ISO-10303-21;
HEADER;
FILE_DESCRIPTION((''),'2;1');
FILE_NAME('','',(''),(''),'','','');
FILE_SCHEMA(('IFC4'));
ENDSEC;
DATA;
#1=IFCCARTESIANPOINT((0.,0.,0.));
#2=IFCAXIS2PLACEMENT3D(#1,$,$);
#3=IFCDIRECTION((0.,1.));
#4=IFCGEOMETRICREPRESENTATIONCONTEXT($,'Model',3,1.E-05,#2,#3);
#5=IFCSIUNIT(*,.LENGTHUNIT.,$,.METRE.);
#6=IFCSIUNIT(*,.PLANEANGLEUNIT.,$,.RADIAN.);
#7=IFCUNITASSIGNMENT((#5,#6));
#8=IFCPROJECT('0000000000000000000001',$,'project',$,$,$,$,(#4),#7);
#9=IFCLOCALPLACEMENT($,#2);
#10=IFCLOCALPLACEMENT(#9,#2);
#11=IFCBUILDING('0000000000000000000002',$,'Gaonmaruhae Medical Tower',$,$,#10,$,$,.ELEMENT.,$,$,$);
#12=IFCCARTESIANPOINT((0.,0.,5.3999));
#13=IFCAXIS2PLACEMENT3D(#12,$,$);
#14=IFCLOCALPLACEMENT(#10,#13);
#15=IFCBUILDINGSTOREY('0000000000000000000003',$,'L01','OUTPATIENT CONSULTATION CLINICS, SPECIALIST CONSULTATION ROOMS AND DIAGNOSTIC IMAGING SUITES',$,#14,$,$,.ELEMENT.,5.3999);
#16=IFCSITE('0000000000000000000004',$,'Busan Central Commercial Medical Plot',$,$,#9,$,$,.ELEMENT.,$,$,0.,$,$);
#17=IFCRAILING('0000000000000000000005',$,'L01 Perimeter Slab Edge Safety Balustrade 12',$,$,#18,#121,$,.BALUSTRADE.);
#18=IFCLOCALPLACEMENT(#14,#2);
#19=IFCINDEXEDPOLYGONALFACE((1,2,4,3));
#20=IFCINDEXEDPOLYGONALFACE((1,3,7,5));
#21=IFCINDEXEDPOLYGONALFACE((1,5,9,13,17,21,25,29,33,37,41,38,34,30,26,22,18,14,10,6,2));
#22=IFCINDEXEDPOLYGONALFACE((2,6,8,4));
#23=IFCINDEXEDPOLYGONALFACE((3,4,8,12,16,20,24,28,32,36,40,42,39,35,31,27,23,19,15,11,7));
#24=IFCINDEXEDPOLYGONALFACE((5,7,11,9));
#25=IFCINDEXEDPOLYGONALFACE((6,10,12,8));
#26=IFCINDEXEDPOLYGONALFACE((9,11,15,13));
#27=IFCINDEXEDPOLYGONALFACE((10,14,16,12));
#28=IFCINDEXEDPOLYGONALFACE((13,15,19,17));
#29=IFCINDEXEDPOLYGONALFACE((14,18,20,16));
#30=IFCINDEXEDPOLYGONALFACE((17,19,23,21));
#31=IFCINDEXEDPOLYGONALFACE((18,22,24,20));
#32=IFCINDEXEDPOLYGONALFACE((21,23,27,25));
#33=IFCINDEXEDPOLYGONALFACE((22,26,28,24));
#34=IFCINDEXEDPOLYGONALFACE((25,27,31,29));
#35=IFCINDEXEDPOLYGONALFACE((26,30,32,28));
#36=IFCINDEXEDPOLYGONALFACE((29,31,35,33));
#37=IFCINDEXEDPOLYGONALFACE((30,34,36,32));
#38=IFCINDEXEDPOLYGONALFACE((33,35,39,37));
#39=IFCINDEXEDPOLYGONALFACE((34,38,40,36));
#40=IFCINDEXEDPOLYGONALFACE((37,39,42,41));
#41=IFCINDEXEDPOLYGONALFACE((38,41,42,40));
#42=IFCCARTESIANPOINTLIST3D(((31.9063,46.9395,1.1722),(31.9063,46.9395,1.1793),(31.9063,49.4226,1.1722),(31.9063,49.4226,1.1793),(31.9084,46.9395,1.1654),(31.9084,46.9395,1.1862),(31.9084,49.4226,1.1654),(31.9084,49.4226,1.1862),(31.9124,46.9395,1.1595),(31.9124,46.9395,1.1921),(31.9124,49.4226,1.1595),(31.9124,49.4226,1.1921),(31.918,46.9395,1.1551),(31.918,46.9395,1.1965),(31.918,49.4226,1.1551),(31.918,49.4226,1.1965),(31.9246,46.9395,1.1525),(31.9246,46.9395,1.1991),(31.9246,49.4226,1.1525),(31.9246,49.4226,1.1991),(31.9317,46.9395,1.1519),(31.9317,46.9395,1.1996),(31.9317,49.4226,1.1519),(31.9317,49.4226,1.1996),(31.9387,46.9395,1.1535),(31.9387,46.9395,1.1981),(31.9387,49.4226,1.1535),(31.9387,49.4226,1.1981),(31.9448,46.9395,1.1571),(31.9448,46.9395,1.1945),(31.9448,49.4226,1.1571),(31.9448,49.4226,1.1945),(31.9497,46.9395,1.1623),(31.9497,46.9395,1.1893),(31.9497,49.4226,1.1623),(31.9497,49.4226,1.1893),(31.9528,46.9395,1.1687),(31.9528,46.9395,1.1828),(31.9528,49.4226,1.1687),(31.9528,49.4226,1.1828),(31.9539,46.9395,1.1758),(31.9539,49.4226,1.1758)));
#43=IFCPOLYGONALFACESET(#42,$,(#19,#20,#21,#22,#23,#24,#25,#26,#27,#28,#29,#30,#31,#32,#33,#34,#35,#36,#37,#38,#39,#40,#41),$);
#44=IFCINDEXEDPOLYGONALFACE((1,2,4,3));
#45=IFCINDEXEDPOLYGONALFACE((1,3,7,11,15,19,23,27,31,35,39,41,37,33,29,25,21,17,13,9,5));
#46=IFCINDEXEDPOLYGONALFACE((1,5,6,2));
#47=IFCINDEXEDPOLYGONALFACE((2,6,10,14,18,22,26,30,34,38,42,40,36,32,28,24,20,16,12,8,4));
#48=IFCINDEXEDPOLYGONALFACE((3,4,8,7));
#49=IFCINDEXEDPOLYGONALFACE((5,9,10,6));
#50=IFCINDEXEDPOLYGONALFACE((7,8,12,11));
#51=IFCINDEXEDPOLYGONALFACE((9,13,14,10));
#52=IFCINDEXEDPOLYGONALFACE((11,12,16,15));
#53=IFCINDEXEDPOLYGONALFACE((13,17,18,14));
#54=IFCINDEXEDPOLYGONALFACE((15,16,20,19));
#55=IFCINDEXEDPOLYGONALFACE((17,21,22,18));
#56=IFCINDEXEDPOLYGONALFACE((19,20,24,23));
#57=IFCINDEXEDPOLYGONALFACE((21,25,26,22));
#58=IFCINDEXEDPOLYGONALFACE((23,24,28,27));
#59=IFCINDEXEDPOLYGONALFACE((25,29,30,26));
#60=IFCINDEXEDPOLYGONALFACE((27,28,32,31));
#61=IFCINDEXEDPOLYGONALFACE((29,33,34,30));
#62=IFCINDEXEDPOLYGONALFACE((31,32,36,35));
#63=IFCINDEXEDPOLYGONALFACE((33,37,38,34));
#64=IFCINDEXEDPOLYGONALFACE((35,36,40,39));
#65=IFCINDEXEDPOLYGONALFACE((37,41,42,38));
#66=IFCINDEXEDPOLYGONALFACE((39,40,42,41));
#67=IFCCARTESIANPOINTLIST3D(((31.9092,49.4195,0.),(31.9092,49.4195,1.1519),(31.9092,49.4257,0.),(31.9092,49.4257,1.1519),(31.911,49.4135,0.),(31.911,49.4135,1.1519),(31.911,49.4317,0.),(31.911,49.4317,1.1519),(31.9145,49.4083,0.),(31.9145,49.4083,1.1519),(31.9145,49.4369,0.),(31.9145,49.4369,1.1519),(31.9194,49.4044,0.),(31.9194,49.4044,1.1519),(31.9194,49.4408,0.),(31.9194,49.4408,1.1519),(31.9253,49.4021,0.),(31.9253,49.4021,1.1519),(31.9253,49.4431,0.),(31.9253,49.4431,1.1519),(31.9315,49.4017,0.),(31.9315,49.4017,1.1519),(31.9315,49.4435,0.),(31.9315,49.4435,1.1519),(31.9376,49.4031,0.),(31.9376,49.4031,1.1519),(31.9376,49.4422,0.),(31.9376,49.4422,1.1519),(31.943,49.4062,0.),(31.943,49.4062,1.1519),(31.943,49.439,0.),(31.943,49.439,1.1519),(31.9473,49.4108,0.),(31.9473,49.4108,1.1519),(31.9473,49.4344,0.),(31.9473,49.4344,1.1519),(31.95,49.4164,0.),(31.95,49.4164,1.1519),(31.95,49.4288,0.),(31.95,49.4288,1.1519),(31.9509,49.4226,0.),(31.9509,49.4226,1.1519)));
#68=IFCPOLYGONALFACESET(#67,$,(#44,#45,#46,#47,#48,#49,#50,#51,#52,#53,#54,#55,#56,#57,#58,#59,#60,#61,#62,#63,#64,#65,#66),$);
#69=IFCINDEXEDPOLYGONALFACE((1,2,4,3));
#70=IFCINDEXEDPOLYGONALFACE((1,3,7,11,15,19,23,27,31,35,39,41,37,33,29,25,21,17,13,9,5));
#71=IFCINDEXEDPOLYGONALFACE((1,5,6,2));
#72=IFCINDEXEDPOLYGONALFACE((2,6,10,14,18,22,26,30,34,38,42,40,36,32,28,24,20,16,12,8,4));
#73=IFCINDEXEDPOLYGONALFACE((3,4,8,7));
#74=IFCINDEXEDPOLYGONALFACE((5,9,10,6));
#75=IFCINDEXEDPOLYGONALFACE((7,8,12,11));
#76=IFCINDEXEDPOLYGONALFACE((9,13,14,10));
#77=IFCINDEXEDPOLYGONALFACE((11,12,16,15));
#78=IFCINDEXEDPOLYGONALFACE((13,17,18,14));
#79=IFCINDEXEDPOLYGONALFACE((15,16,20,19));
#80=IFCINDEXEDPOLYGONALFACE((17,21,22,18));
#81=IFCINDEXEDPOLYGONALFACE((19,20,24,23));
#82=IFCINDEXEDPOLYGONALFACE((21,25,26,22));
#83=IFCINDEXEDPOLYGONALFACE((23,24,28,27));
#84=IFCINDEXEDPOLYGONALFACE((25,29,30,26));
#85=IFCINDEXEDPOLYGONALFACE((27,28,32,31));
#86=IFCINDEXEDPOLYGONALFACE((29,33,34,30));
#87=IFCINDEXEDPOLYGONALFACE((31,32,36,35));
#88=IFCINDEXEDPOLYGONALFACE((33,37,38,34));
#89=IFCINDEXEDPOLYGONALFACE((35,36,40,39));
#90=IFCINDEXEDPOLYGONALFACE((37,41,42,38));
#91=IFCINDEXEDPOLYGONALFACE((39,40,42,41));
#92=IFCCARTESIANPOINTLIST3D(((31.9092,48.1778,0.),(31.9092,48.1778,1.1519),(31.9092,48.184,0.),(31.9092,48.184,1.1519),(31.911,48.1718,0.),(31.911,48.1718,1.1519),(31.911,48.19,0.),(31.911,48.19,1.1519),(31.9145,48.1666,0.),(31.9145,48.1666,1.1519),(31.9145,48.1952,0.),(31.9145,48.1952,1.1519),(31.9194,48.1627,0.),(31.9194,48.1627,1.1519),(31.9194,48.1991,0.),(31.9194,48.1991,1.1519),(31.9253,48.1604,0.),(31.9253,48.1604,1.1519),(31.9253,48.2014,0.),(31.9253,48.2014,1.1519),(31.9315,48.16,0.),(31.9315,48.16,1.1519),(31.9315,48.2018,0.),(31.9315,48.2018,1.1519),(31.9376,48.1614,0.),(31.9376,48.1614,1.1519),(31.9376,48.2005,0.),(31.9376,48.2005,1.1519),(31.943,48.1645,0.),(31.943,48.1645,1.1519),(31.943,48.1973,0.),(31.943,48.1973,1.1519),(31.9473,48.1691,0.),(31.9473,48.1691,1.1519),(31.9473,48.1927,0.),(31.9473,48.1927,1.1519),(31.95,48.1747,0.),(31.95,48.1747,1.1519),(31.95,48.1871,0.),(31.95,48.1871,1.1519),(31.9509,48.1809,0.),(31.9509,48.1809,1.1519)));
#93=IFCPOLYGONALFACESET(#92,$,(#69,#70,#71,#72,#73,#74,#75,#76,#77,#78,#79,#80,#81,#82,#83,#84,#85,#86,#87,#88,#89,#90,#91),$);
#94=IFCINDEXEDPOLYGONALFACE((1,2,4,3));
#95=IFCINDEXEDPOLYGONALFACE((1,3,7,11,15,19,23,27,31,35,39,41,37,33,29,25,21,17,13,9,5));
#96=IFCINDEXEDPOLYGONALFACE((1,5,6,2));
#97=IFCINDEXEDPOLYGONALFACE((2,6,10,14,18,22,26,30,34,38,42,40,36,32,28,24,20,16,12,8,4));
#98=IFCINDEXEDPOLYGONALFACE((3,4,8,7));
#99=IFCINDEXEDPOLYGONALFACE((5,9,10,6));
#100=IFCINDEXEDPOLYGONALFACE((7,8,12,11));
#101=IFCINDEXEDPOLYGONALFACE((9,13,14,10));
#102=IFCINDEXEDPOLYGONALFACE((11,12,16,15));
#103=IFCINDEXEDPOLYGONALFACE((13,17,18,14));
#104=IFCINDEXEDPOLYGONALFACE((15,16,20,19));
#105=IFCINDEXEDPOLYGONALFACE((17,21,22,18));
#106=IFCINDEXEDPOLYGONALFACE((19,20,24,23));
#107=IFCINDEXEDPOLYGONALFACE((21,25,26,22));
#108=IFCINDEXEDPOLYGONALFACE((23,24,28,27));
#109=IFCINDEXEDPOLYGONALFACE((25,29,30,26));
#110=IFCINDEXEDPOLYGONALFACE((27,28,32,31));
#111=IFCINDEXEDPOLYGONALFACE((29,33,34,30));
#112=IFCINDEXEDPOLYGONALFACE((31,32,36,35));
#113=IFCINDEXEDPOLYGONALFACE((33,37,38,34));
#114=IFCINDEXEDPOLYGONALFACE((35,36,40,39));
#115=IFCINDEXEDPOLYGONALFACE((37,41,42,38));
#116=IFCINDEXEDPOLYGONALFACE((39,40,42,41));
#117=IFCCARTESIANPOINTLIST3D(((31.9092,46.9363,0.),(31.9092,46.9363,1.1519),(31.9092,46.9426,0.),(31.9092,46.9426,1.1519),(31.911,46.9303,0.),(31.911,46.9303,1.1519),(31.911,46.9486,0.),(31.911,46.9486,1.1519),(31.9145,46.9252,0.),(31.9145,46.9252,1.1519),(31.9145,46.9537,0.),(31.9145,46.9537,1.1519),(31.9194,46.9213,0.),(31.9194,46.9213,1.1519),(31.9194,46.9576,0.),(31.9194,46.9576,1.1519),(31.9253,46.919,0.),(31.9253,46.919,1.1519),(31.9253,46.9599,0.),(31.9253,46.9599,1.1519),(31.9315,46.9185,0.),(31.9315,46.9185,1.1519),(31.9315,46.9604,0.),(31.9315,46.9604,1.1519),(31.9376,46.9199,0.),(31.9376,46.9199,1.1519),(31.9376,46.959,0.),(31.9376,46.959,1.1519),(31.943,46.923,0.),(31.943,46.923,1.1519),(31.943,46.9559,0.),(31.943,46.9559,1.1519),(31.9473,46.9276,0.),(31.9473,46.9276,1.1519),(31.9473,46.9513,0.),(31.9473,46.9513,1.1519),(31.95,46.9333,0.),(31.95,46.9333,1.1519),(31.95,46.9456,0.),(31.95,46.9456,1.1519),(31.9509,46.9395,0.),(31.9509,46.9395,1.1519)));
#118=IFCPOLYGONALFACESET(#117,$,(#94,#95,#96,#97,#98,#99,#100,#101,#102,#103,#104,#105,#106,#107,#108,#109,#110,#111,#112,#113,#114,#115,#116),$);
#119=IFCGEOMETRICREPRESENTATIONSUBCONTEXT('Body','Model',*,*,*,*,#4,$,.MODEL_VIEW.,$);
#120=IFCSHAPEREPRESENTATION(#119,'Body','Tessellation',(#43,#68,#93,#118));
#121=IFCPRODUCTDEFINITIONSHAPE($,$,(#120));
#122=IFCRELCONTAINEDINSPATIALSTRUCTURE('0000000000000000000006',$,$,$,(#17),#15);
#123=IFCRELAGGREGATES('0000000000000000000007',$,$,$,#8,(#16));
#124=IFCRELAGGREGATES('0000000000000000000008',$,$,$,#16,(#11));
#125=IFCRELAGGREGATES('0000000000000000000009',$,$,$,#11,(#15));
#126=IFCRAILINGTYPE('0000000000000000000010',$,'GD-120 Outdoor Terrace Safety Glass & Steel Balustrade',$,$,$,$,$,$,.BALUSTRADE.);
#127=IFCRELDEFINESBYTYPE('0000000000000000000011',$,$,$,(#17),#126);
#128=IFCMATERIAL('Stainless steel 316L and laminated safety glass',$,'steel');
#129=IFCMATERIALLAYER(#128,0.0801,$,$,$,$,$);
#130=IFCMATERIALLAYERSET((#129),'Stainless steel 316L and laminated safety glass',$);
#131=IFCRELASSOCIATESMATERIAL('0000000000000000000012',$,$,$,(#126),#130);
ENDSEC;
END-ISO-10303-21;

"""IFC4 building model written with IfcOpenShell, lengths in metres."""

from ifc_helpers import new_model, si_unit, direction, frame, origin, origin_2d, place, context, subcontext, project, spatial, circle, extrude, material, layer, layer_set, type_object, element, save


model = new_model("IFC4")

# Units and contexts
model_context = context("Model", 3, precision=1e-05, world=origin(), true_north=direction((0.0, 1.0)))
body_context = subcontext(model_context, "Body", "Model", "MODEL_VIEW")
ifc_project = project(units=[si_unit("LENGTHUNIT", "METRE"), si_unit("PLANEANGLEUNIT", "RADIAN")], contexts=[model_context])

# Site, building, storey
site_placement = place(None, origin())
site = spatial("IfcSite", under=ifc_project, at=site_placement, Name="Busan Central Commercial Medical Plot", CompositionType="ELEMENT", RefElevation=0.0)
building_placement = place(site_placement, origin())
building = spatial("IfcBuilding", under=site, at=building_placement, Name="Gaonmaruhae Medical Tower", CompositionType="ELEMENT")
storey_placement = place(building_placement, frame((0.0, 0.0, 5.3999)))
storey = spatial("IfcBuildingStorey", under=building, at=storey_placement, Name="L01", Description="OUTPATIENT CONSULTATION CLINICS, SPECIALIST CONSULTATION ROOMS AND DIAGNOSTIC IMAGING SUITES", CompositionType="ELEMENT", Elevation=5.3999)

# Railing
ifc_material_1 = material(Name="Stainless steel 316L and laminated safety glass", Category="steel")
ifc_layer_1 = layer(ifc_material_1, 0.0801)
ifc_layer_set_1 = layer_set([ifc_layer_1], Name="Stainless steel 316L and laminated safety glass")
railing_type = type_object("IfcRailingType", Name="GD-120 Outdoor Terrace Safety Glass & Steel Balustrade", PredefinedType="BALUSTRADE", material=ifc_layer_set_1)
railing_1_placement = place(storey_placement, frame((31.9299, 49.4226, 0.0)))
element("IfcRailing", 1, at=railing_1_placement, inside=storey, type_object=railing_type, Name="L01 Perimeter Slab Edge Safety Balustrade 12", PredefinedType="BALUSTRADE", context=body_context, shape_type="SweptSolid", body=[
    extrude(circle(Radius=0.0239, at=origin_2d()), frame((0.0, 0.0, 1.1758), z_axis=(0.0, -1.0, 0.0), x_axis=(1.0, 0.0, 0.0)), (0.0, 0.0, 1.0), 2.4832),
    extrude(circle(Radius=0.021, at=origin_2d()), origin(), (0.0, 0.0, 1.0), 1.1519),
    extrude(circle(Radius=0.021, at=origin_2d()), frame((0.0, -1.2417, 0.0)), (0.0, 0.0, 1.0), 1.1519),
    extrude(circle(Radius=0.021, at=origin_2d()), frame((0.0, -2.4832, 0.0)), (0.0, 0.0, 1.0), 1.1519),
])

save(model, "model.ifc")
